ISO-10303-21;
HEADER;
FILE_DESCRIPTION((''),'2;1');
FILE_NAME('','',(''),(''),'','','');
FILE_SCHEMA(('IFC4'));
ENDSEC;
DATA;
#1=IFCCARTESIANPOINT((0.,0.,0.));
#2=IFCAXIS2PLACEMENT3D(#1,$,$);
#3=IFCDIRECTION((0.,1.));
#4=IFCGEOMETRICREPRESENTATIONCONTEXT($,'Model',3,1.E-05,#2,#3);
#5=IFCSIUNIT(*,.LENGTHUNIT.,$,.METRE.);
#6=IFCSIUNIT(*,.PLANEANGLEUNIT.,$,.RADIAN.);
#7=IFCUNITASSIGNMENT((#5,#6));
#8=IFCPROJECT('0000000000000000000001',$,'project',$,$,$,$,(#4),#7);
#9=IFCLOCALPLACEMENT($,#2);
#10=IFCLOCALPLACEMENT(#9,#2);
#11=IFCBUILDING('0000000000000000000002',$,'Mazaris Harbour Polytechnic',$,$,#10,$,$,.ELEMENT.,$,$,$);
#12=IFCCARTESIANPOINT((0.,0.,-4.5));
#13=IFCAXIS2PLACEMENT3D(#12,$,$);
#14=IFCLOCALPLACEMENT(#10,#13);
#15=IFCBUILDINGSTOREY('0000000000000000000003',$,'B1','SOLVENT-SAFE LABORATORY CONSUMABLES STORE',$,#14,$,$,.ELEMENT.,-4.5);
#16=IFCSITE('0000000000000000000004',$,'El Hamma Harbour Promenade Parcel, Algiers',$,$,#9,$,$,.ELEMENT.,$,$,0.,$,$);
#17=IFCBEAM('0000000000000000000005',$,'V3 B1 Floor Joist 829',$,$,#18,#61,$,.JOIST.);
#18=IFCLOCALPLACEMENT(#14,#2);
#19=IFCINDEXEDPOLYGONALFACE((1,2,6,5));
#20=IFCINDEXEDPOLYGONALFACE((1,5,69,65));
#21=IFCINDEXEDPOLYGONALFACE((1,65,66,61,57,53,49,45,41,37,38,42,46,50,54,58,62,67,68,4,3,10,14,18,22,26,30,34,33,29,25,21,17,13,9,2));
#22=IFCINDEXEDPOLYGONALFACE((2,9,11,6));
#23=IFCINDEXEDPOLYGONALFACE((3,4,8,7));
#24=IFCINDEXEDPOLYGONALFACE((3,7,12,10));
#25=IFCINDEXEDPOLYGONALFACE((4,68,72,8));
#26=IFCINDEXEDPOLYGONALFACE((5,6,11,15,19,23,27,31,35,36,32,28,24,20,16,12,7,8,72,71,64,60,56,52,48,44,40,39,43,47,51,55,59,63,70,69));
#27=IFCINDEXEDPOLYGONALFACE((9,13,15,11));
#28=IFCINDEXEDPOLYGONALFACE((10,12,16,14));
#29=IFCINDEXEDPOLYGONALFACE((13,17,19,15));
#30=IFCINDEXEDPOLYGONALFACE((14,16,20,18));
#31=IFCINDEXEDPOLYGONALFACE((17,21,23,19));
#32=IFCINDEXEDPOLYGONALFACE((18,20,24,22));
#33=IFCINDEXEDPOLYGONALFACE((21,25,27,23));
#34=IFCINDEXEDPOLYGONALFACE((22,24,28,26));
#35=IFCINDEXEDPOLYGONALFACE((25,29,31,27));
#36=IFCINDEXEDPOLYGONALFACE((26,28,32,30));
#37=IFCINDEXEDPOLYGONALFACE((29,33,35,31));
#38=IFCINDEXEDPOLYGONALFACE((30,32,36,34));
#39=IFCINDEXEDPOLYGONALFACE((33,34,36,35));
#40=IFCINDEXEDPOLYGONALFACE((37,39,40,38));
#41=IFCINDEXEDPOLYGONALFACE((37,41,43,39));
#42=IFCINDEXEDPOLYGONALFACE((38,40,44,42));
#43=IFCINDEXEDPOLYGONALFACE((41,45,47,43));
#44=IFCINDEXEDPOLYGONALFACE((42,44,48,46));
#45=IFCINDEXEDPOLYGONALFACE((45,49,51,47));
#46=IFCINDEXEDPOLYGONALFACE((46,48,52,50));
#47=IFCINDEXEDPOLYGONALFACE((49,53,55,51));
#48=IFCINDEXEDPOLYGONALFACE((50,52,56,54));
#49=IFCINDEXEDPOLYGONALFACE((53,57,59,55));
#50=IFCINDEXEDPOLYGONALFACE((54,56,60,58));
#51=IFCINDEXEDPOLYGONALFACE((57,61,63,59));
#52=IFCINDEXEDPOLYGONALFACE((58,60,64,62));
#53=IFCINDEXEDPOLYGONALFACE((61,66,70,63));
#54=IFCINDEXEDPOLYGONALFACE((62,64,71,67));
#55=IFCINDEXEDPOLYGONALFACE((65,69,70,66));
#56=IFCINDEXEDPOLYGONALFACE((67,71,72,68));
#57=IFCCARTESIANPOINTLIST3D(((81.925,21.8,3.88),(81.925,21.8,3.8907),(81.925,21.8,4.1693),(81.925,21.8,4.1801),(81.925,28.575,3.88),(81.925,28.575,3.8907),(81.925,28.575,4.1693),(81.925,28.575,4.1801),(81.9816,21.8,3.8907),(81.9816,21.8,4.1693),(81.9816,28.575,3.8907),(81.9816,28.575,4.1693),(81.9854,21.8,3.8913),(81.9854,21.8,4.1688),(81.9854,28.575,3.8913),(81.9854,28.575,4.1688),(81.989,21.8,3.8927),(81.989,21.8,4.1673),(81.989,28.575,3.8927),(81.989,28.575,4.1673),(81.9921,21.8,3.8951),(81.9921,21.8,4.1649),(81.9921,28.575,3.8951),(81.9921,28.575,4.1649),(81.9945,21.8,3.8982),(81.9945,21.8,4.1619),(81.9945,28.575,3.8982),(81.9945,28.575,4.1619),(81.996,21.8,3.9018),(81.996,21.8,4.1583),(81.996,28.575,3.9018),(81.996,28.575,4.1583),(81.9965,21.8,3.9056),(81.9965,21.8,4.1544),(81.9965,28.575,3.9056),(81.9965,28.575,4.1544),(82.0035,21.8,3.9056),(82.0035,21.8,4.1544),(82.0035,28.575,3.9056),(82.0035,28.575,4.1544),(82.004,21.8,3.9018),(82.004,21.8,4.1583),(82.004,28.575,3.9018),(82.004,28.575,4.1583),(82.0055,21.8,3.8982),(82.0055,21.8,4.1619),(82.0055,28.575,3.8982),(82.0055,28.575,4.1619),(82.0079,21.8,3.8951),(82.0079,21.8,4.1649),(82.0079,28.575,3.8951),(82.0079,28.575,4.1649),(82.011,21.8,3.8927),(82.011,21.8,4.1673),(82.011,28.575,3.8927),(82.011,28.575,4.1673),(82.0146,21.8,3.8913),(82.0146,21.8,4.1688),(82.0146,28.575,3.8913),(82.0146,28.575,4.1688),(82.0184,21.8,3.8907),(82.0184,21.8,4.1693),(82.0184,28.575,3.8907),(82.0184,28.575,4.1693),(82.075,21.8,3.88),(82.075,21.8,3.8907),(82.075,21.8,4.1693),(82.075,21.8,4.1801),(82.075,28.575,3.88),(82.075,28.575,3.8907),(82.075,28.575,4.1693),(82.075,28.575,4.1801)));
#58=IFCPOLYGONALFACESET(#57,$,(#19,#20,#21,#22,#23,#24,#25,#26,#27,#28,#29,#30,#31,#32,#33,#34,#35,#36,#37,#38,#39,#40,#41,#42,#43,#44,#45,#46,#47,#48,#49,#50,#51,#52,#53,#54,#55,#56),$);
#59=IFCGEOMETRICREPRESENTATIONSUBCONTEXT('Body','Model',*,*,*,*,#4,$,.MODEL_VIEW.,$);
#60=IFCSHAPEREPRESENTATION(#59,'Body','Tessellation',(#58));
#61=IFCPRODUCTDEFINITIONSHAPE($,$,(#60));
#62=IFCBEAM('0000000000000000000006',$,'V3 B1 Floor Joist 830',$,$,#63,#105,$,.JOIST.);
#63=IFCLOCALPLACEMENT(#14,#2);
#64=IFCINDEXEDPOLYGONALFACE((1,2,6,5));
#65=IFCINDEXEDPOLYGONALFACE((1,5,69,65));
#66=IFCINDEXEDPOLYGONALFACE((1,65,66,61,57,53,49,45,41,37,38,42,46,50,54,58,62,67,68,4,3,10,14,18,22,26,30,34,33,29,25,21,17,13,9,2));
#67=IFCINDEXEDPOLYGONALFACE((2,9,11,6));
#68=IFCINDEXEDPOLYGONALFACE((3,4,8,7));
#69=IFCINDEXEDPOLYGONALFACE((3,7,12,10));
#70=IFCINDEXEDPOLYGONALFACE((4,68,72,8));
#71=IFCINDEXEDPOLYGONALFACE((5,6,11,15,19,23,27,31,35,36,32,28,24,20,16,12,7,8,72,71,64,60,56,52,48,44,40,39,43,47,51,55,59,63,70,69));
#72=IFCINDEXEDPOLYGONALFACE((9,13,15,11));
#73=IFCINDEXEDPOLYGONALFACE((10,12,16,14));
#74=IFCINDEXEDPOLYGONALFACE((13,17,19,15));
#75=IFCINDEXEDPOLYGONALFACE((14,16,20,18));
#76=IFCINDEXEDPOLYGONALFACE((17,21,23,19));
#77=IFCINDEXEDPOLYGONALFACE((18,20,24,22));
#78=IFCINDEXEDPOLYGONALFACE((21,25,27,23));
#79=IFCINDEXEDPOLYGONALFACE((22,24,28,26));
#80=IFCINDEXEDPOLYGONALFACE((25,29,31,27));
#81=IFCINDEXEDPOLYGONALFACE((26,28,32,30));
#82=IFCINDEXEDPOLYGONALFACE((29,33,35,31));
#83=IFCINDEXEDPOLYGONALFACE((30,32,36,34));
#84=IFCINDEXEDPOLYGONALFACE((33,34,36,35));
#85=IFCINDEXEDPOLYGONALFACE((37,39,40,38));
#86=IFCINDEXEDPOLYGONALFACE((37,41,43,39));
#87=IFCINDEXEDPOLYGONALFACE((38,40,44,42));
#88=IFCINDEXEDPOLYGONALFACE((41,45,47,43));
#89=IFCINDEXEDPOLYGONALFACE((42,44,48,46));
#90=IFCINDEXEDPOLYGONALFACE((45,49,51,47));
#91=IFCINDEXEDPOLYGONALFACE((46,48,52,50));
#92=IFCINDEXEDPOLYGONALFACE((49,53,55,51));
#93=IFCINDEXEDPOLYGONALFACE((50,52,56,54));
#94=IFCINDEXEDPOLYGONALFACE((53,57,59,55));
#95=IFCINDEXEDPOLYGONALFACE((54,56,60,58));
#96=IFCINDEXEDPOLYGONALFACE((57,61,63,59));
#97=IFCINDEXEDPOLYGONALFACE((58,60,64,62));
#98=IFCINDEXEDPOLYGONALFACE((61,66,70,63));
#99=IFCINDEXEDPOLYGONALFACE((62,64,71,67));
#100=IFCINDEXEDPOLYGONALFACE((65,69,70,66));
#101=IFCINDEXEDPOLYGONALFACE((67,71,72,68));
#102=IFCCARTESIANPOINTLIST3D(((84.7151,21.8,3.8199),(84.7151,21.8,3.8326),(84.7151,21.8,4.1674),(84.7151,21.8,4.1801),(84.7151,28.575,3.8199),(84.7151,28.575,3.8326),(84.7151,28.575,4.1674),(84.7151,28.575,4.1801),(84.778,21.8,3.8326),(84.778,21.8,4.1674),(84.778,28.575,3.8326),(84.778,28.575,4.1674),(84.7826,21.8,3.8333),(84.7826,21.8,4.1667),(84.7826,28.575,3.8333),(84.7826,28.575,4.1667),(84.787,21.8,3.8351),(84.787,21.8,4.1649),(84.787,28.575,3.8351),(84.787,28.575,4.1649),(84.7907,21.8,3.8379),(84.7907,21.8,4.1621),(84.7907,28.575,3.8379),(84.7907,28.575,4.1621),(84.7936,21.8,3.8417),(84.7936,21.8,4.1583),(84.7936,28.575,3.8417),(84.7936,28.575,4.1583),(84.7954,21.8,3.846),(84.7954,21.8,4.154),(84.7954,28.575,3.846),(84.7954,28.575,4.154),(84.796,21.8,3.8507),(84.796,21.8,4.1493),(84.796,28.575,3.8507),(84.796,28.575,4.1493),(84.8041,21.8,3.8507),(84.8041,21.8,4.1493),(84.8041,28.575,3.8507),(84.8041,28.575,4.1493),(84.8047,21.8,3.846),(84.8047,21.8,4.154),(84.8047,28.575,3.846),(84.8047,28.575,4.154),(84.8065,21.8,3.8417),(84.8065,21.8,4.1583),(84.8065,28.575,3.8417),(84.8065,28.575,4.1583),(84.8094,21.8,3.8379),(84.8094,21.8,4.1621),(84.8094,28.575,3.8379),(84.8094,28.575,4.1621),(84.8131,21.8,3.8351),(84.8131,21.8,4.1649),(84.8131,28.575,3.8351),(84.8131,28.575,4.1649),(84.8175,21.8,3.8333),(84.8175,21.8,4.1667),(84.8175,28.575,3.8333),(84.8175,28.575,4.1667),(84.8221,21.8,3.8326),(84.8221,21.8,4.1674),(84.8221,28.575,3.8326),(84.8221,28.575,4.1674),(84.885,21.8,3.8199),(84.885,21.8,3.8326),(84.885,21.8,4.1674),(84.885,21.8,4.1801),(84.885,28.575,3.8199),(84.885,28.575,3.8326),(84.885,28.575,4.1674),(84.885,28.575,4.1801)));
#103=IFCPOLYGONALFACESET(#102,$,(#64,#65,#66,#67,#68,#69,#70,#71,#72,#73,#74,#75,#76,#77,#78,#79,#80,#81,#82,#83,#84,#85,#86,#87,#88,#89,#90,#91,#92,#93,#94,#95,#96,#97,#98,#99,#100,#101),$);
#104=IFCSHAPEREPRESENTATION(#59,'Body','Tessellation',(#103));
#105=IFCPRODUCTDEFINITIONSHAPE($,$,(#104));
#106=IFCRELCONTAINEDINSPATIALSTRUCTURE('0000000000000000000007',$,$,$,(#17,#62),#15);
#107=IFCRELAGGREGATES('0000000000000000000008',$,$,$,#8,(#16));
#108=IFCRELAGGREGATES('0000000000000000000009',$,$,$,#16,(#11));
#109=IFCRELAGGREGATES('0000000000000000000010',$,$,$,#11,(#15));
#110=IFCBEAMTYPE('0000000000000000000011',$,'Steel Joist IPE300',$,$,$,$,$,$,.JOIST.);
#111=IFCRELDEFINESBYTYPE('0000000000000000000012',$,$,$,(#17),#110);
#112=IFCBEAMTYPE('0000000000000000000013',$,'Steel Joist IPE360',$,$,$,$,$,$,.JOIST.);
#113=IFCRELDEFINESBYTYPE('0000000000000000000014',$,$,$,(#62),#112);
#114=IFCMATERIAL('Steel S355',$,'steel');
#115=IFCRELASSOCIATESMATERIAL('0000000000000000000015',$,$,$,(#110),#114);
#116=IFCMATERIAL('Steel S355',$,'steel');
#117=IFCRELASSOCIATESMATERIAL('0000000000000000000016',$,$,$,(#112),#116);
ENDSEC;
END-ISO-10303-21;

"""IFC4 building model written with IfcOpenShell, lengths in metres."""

from ifc_helpers import new_model, si_unit, direction, frame, origin, origin_2d, place, context, subcontext, project, spatial, i_section, extrude, material, material_profile, profile_set, type_object, element, save


model = new_model("IFC4")

# Units and contexts
model_context = context("Model", 3, precision=1e-05, world=origin(), true_north=direction((0.0, 1.0)))
body_context = subcontext(model_context, "Body", "Model", "MODEL_VIEW")
ifc_project = project(units=[si_unit("LENGTHUNIT", "METRE"), si_unit("PLANEANGLEUNIT", "RADIAN")], contexts=[model_context])

# Site, building, storey
site_placement = place(None, origin())
site = spatial("IfcSite", under=ifc_project, at=site_placement, Name="El Hamma Harbour Promenade Parcel, Algiers", CompositionType="ELEMENT", RefElevation=0.0)
building_placement = place(site_placement, origin())
building = spatial("IfcBuilding", under=site, at=building_placement, Name="Mazaris Harbour Polytechnic", CompositionType="ELEMENT")
storey_placement = place(building_placement, frame((0.0, 0.0, -4.5)))
storey = spatial("IfcBuildingStorey", under=building, at=storey_placement, Name="B1", Description="SOLVENT-SAFE LABORATORY CONSUMABLES STORE", CompositionType="ELEMENT", Elevation=-4.5)

# Beams
ifc_material_1 = material(Name="Steel S355", Category="steel")
ifc_material_profile_1 = material_profile(ifc_material_1, i_section(OverallWidth=0.1499, OverallDepth=0.3, WebThickness=0.0071, FlangeThickness=0.0107, FilletRadius=0.0149, at=origin_2d()), Name="IPE 300")
ifc_profile_set_1 = profile_set([ifc_material_profile_1], Name="Steel S355")
beam_type_1 = type_object("IfcBeamType", Name="Steel Joist IPE300", PredefinedType="JOIST", material=ifc_profile_set_1)
beam_1_placement = place(storey_placement, frame((82.0, 21.8, 4.03), z_axis=(0.0, 1.0, 0.0), x_axis=(-1.0, 0.0, 0.0)))
element("IfcBeam", 1, at=beam_1_placement, inside=storey, type_object=beam_type_1, Name="V3 B1 Floor Joist 829", PredefinedType="JOIST", context=body_context, shape_type="SweptSolid", body=[
    extrude(i_section(OverallWidth=0.1499, OverallDepth=0.3, WebThickness=0.0071, FlangeThickness=0.0107, FilletRadius=0.0149, at=origin_2d()), origin(), (0.0, 0.0, 1.0), 6.7749),
])
ifc_material_2 = material(Name="Steel S355", Category="steel")
ifc_material_profile_2 = material_profile(ifc_material_2, i_section(OverallWidth=0.1699, OverallDepth=0.3601, WebThickness=0.0081, FlangeThickness=0.0127, FilletRadius=0.0181, at=origin_2d()), Name="IPE 360")
ifc_profile_set_2 = profile_set([ifc_material_profile_2], Name="Steel S355")
beam_type_2 = type_object("IfcBeamType", Name="Steel Joist IPE360", PredefinedType="JOIST", material=ifc_profile_set_2)
beam_2_placement = place(storey_placement, frame((84.8, 21.8, 4.0), z_axis=(0.0, 1.0, 0.0), x_axis=(-1.0, 0.0, 0.0)))
element("IfcBeam", 2, at=beam_2_placement, inside=storey, type_object=beam_type_2, Name="V3 B1 Floor Joist 830", PredefinedType="JOIST", context=body_context, shape_type="SweptSolid", body=[
    extrude(i_section(OverallWidth=0.1699, OverallDepth=0.3601, WebThickness=0.0081, FlangeThickness=0.0127, FilletRadius=0.0181, at=origin_2d()), origin(), (0.0, 0.0, 1.0), 6.7749),
])

save(model, "model.ifc")
